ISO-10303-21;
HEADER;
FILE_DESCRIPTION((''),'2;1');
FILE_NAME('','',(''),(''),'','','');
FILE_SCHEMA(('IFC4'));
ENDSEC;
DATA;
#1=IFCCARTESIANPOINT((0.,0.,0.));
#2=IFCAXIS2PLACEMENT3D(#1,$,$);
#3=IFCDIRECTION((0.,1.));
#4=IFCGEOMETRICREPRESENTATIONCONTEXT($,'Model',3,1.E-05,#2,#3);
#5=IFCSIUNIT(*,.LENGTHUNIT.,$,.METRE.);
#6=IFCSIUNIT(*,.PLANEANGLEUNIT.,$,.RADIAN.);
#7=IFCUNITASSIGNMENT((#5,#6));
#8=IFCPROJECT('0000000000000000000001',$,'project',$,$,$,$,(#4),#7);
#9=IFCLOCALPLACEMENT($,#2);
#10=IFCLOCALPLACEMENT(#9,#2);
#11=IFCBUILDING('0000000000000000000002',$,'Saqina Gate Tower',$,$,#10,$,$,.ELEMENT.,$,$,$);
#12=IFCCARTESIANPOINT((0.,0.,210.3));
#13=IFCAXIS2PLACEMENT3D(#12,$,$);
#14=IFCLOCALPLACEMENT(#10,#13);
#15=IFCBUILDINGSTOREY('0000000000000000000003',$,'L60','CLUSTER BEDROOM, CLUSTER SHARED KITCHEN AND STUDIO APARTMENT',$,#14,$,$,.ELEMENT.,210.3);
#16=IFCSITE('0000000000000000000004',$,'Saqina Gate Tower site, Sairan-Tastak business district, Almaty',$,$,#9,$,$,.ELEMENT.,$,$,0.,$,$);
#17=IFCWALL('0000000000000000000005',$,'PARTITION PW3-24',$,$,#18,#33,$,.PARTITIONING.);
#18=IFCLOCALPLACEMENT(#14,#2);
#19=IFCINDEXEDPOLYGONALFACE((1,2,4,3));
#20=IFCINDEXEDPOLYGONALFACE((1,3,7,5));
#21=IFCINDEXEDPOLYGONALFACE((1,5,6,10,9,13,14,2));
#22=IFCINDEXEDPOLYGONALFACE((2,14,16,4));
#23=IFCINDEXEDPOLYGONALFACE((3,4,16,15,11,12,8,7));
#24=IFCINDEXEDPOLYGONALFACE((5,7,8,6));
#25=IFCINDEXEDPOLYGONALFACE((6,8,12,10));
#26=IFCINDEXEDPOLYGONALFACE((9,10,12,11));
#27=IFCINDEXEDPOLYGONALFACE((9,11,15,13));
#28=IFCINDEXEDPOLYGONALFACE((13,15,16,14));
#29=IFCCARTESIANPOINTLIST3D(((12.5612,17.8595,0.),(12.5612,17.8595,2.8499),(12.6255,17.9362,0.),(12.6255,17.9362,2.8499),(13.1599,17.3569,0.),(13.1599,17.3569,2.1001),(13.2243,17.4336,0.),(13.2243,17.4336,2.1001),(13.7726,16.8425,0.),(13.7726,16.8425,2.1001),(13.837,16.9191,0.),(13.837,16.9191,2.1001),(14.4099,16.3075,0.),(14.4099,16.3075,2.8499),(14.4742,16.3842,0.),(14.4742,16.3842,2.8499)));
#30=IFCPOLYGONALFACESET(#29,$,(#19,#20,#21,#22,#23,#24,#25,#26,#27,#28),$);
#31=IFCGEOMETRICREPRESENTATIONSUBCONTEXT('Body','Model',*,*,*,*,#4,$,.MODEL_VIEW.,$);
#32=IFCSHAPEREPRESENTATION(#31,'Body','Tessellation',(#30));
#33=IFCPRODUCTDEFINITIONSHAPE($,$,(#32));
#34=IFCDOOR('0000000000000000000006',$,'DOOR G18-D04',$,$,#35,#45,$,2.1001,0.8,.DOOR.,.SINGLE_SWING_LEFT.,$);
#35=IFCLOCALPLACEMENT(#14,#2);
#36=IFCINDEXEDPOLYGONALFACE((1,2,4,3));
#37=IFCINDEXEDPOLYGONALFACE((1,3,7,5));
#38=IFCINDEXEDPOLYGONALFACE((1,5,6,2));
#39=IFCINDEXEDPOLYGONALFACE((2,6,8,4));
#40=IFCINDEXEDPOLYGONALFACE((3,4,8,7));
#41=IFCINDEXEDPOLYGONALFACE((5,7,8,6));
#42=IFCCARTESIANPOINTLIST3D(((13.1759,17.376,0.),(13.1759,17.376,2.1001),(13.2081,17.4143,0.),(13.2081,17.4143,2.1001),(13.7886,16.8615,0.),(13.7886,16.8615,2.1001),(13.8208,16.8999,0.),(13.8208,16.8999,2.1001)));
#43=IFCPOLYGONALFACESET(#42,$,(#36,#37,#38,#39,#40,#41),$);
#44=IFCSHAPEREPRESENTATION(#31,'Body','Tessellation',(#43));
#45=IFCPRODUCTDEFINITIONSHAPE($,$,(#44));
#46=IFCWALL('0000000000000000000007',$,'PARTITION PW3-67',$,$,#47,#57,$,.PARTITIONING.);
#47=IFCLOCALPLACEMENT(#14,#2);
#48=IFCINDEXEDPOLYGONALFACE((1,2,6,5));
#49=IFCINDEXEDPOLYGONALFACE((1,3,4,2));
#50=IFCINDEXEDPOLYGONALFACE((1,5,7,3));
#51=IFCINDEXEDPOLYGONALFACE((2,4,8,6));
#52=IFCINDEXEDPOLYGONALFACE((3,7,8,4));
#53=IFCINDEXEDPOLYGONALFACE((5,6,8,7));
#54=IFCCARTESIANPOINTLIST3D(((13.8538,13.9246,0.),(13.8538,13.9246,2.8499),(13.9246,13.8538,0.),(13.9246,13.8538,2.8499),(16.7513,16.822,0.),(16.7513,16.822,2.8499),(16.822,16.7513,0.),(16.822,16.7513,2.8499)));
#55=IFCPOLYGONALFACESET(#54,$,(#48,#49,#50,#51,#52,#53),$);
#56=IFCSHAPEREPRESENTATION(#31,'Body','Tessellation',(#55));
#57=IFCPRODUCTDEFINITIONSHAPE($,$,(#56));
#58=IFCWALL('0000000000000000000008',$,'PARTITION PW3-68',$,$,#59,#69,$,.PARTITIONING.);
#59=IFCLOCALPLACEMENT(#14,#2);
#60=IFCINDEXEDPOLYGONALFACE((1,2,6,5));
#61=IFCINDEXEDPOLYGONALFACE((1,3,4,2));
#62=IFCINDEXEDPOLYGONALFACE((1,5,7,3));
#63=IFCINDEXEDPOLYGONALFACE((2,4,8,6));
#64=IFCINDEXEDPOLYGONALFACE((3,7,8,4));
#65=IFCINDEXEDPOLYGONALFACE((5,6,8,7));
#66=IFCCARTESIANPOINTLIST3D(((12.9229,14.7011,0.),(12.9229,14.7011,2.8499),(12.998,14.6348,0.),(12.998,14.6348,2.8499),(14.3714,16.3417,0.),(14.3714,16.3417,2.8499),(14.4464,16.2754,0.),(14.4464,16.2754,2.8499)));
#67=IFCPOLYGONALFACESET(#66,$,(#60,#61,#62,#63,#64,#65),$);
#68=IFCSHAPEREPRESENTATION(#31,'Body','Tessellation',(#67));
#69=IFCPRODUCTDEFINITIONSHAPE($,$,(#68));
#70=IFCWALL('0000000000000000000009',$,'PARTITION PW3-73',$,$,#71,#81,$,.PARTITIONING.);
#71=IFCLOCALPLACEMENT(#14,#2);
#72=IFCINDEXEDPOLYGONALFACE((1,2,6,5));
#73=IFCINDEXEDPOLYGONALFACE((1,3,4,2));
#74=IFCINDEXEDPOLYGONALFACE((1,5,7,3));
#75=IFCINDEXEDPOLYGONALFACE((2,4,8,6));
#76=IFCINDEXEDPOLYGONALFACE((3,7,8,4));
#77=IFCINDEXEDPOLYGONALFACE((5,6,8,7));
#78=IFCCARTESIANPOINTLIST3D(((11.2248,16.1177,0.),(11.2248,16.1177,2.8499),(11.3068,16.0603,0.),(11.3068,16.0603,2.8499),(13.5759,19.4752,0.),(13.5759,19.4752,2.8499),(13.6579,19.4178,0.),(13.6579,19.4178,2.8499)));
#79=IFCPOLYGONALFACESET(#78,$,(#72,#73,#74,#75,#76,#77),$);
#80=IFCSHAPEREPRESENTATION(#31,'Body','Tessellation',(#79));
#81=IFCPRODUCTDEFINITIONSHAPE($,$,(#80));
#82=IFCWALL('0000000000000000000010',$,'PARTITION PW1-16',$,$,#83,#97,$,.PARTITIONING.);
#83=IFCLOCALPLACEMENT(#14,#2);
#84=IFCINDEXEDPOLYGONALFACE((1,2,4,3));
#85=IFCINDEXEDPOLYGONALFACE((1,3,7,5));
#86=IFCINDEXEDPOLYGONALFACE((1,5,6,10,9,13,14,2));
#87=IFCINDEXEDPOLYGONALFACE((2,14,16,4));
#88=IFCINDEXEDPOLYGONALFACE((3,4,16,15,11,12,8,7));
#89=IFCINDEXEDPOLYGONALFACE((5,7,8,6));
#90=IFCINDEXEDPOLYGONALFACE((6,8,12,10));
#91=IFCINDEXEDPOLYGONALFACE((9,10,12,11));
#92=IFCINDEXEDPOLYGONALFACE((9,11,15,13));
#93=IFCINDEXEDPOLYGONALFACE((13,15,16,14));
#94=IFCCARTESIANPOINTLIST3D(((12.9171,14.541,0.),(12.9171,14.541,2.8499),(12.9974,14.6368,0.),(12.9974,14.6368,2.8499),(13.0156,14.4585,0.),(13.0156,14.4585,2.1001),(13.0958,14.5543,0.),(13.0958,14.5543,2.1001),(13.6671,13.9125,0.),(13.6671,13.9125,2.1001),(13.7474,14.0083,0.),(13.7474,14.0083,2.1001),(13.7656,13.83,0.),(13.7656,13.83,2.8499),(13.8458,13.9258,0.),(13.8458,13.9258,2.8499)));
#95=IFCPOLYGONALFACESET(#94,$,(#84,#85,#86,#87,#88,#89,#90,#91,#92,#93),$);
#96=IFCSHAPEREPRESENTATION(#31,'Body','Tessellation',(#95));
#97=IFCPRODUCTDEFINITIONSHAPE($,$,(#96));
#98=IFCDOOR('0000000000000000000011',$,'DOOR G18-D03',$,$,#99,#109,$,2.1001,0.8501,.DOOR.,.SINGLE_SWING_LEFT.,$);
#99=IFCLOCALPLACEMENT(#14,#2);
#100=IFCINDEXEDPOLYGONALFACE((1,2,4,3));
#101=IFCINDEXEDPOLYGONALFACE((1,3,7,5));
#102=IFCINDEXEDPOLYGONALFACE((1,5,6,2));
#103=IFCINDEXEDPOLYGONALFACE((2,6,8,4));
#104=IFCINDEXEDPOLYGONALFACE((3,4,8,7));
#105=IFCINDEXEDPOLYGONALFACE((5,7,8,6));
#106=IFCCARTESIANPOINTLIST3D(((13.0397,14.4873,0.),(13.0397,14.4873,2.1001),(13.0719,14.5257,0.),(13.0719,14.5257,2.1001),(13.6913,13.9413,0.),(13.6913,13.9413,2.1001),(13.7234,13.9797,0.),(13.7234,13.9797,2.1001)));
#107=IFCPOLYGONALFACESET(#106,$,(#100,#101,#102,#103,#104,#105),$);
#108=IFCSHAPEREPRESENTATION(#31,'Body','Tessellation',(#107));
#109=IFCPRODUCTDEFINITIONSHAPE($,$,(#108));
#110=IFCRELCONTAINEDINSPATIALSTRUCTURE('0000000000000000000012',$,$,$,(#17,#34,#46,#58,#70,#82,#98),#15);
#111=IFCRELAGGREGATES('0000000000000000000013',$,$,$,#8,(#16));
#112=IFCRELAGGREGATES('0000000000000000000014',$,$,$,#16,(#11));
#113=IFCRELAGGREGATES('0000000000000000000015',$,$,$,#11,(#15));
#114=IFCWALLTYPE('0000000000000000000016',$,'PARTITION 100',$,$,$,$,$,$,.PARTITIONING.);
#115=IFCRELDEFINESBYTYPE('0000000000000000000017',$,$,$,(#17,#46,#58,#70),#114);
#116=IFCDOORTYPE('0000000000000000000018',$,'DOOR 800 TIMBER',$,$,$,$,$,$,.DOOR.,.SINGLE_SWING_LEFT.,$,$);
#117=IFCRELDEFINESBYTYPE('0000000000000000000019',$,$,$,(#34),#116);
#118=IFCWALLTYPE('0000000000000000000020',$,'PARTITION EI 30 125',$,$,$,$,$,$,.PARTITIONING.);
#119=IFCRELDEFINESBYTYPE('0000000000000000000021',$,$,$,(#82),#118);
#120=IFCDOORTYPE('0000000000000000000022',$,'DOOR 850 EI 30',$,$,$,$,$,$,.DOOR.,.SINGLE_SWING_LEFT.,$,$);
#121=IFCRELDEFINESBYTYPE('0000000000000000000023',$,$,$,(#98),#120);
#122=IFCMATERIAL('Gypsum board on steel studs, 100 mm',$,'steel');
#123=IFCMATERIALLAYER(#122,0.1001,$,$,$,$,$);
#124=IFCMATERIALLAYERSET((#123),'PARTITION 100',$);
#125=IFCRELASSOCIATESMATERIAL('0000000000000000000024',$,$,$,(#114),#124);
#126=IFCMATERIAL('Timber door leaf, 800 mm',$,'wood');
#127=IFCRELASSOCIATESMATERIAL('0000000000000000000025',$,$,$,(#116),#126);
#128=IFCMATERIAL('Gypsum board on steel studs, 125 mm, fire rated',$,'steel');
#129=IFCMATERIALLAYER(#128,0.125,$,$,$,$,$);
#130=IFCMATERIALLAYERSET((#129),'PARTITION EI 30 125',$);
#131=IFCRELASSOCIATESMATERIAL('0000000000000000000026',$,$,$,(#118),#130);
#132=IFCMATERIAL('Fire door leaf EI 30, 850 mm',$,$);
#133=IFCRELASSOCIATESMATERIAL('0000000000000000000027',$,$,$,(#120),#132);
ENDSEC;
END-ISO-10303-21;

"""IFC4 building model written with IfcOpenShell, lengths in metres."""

from ifc_helpers import new_model, si_unit, direction, frame, frame_2d, origin, place, context, subcontext, project, spatial, rectangle, extrude, material, layer, layer_set, type_object, element, fill, save


model = new_model("IFC4")

# Units and contexts
model_context = context("Model", 3, precision=1e-05, world=origin(), true_north=direction((0.0, 1.0)))
body_context = subcontext(model_context, "Body", "Model", "MODEL_VIEW")
ifc_project = project(units=[si_unit("LENGTHUNIT", "METRE"), si_unit("PLANEANGLEUNIT", "RADIAN")], contexts=[model_context])

# Site, building, storey
site_placement = place(None, origin())
site = spatial("IfcSite", under=ifc_project, at=site_placement, Name="Saqina Gate Tower site, Sairan-Tastak business district, Almaty", CompositionType="ELEMENT", RefElevation=0.0)
building_placement = place(site_placement, origin())
building = spatial("IfcBuilding", under=site, at=building_placement, Name="Saqina Gate Tower", CompositionType="ELEMENT")
storey_placement = place(building_placement, frame((0.0, 0.0, 210.3)))
storey = spatial("IfcBuildingStorey", under=building, at=storey_placement, Name="L60", Description="CLUSTER BEDROOM, CLUSTER SHARED KITCHEN AND STUDIO APARTMENT", CompositionType="ELEMENT", Elevation=210.3)

# Shared definitions
ifc_material_1 = material(Name="Gypsum board on steel studs, 100 mm", Category="steel")
ifc_layer_1 = layer(ifc_material_1, 0.1001)
ifc_layer_set_1 = layer_set([ifc_layer_1], Name="PARTITION 100")
wall_type_1 = type_object("IfcWallType", Name="PARTITION 100", PredefinedType="PARTITIONING", material=ifc_layer_set_1)

# Wall, opening, door
ifc_material_2 = material(Name="Timber door leaf, 800 mm", Category="wood")
door_type_1 = type_object("IfcDoorType", Name="DOOR 800 TIMBER", OperationType="SINGLE_SWING_LEFT", PredefinedType="DOOR", material=ifc_material_2)
wall_1_placement = place(storey_placement, frame((12.5933, 17.8979, 0.0), z_axis=(0.0, 0.0, 1.0), x_axis=(0.765878, -0.642986, 0.0)))
wall_1 = element("IfcWall", 1, at=wall_1_placement, inside=storey, type_object=wall_type_1, Name="PARTITION PW3-24", PredefinedType="PARTITIONING", context=body_context, shape_type="SweptSolid", body=[
    extrude(rectangle(XDim=2.4138, YDim=0.1001, at=frame_2d((1.207, 0.0))), origin(), (0.0, 0.0, 1.0), 2.8499),
])
opening_1_placement = place(wall_1_placement, frame((0.782, 0.0, 0.0)))
opening_1 = element("IfcOpeningElement", 2, at=opening_1_placement, cuts=wall_1, PredefinedType="OPENING", context=body_context, shape_type="SweptSolid", body=[
    extrude(rectangle(XDim=0.8, YDim=2.1001, at=frame_2d((0.3999, 1.05))), frame((0.0, 0.062, 0.0), z_axis=(0.0, -1.0, 0.0), x_axis=(1.0, 0.0, 0.0)), (0.0, 0.0, 1.0), 0.124),
])
door_1_placement = place(opening_1_placement, origin())
door_1 = element("IfcDoor", 3, at=door_1_placement, inside=storey, type_object=door_type_1, Name="DOOR G18-D04", OperationType="SINGLE_SWING_LEFT", OverallHeight=2.1001, OverallWidth=0.8, PredefinedType="DOOR", context=body_context, shape_type="SweptSolid", body=[
    extrude(rectangle(XDim=0.8, YDim=2.1001, at=frame_2d((0.3999, 1.05))), frame((0.0, 0.0249, 0.0), z_axis=(0.0, -1.0, 0.0), x_axis=(1.0, 0.0, 0.0)), (0.0, 0.0, 1.0), 0.05),
])
fill(opening_1, door_1)

# Walls
wall_2_placement = place(storey_placement, frame((13.8892, 13.8892, 0.0), z_axis=(0.0, 0.0, 1.0), x_axis=(0.707107, 0.707107, 0.0)))
element("IfcWall", 4, at=wall_2_placement, inside=storey, type_object=wall_type_1, Name="PARTITION PW3-67", PredefinedType="PARTITIONING", context=body_context, shape_type="SweptSolid", body=[
    extrude(rectangle(XDim=4.0977, YDim=0.1001, at=frame_2d((2.0488, 0.0))), origin(), (0.0, 0.0, 1.0), 2.8499),
])
wall_3_placement = place(storey_placement, frame((12.9604, 14.668, 0.0), z_axis=(0.0, 0.0, 1.0), x_axis=(0.661847, 0.749639, 0.0)))
element("IfcWall", 5, at=wall_3_placement, inside=storey, type_object=wall_type_1, Name="PARTITION PW3-68", PredefinedType="PARTITIONING", context=body_context, shape_type="SweptSolid", body=[
    extrude(rectangle(XDim=2.1885, YDim=0.1001, at=frame_2d((1.0942, 0.0))), origin(), (0.0, 0.0, 1.0), 2.8499),
])
wall_4_placement = place(storey_placement, frame((11.2659, 16.0891, 0.0), z_axis=(0.0, 0.0, 1.0), x_axis=(0.573606, 0.819131, 0.0)))
element("IfcWall", 6, at=wall_4_placement, inside=storey, type_object=wall_type_1, Name="PARTITION PW3-73", PredefinedType="PARTITIONING", context=body_context, shape_type="SweptSolid", body=[
    extrude(rectangle(XDim=4.0989, YDim=0.1001, at=frame_2d((2.0493, 0.0))), origin(), (0.0, 0.0, 1.0), 2.8499),
])

# Wall, opening, door
ifc_material_3 = material(Name="Gypsum board on steel studs, 125 mm, fire rated", Category="steel")
ifc_layer_2 = layer(ifc_material_3, 0.125)
ifc_layer_set_2 = layer_set([ifc_layer_2], Name="PARTITION EI 30 125")
wall_type_2 = type_object("IfcWallType", Name="PARTITION EI 30 125", PredefinedType="PARTITIONING", material=ifc_layer_set_2)
wall_5_placement = place(storey_placement, frame((12.9573, 14.5889, 0.0), z_axis=(0.0, 0.0, 1.0), x_axis=(0.766465, -0.642286, 0.0)))
wall_5 = element("IfcWall", 7, at=wall_5_placement, inside=storey, type_object=wall_type_2, Name="PARTITION PW1-16", PredefinedType="PARTITIONING", context=body_context, shape_type="SweptSolid", body=[
    extrude(rectangle(XDim=1.1069, YDim=0.125, at=frame_2d((0.5535, 0.0))), origin(), (0.0, 0.0, 1.0), 2.8499),
])
opening_2_placement = place(wall_5_placement, frame((0.1284, 0.0, 0.0)))
opening_2 = element("IfcOpeningElement", 8, at=opening_2_placement, cuts=wall_5, PredefinedType="OPENING", context=body_context, shape_type="SweptSolid", body=[
    extrude(rectangle(XDim=0.8501, YDim=2.1001, at=frame_2d((0.425, 1.05))), frame((0.0, 0.0745, 0.0), z_axis=(0.0, -1.0, 0.0), x_axis=(1.0, 0.0, 0.0)), (0.0, 0.0, 1.0), 0.1489),
])
ifc_material_4 = material(Name="Fire door leaf EI 30, 850 mm")
door_type_2 = type_object("IfcDoorType", Name="DOOR 850 EI 30", OperationType="SINGLE_SWING_LEFT", PredefinedType="DOOR", material=ifc_material_4)
door_2_placement = place(opening_2_placement, frame((0.8501, 0.0, 0.0), z_axis=(0.0, 0.0, 1.0), x_axis=(-1.0, 0.0, 0.0)))
door_2 = element("IfcDoor", 9, at=door_2_placement, inside=storey, type_object=door_type_2, Name="DOOR G18-D03", OperationType="SINGLE_SWING_LEFT", OverallHeight=2.1001, OverallWidth=0.8501, PredefinedType="DOOR", context=body_context, shape_type="SweptSolid", body=[
    extrude(rectangle(XDim=0.8501, YDim=2.1001, at=frame_2d((0.425, 1.05))), frame((0.0, 0.0249, 0.0), z_axis=(0.0, -1.0, 0.0), x_axis=(1.0, 0.0, 0.0)), (0.0, 0.0, 1.0), 0.05),
])
fill(opening_2, door_2)

save(model, "model.ifc")
